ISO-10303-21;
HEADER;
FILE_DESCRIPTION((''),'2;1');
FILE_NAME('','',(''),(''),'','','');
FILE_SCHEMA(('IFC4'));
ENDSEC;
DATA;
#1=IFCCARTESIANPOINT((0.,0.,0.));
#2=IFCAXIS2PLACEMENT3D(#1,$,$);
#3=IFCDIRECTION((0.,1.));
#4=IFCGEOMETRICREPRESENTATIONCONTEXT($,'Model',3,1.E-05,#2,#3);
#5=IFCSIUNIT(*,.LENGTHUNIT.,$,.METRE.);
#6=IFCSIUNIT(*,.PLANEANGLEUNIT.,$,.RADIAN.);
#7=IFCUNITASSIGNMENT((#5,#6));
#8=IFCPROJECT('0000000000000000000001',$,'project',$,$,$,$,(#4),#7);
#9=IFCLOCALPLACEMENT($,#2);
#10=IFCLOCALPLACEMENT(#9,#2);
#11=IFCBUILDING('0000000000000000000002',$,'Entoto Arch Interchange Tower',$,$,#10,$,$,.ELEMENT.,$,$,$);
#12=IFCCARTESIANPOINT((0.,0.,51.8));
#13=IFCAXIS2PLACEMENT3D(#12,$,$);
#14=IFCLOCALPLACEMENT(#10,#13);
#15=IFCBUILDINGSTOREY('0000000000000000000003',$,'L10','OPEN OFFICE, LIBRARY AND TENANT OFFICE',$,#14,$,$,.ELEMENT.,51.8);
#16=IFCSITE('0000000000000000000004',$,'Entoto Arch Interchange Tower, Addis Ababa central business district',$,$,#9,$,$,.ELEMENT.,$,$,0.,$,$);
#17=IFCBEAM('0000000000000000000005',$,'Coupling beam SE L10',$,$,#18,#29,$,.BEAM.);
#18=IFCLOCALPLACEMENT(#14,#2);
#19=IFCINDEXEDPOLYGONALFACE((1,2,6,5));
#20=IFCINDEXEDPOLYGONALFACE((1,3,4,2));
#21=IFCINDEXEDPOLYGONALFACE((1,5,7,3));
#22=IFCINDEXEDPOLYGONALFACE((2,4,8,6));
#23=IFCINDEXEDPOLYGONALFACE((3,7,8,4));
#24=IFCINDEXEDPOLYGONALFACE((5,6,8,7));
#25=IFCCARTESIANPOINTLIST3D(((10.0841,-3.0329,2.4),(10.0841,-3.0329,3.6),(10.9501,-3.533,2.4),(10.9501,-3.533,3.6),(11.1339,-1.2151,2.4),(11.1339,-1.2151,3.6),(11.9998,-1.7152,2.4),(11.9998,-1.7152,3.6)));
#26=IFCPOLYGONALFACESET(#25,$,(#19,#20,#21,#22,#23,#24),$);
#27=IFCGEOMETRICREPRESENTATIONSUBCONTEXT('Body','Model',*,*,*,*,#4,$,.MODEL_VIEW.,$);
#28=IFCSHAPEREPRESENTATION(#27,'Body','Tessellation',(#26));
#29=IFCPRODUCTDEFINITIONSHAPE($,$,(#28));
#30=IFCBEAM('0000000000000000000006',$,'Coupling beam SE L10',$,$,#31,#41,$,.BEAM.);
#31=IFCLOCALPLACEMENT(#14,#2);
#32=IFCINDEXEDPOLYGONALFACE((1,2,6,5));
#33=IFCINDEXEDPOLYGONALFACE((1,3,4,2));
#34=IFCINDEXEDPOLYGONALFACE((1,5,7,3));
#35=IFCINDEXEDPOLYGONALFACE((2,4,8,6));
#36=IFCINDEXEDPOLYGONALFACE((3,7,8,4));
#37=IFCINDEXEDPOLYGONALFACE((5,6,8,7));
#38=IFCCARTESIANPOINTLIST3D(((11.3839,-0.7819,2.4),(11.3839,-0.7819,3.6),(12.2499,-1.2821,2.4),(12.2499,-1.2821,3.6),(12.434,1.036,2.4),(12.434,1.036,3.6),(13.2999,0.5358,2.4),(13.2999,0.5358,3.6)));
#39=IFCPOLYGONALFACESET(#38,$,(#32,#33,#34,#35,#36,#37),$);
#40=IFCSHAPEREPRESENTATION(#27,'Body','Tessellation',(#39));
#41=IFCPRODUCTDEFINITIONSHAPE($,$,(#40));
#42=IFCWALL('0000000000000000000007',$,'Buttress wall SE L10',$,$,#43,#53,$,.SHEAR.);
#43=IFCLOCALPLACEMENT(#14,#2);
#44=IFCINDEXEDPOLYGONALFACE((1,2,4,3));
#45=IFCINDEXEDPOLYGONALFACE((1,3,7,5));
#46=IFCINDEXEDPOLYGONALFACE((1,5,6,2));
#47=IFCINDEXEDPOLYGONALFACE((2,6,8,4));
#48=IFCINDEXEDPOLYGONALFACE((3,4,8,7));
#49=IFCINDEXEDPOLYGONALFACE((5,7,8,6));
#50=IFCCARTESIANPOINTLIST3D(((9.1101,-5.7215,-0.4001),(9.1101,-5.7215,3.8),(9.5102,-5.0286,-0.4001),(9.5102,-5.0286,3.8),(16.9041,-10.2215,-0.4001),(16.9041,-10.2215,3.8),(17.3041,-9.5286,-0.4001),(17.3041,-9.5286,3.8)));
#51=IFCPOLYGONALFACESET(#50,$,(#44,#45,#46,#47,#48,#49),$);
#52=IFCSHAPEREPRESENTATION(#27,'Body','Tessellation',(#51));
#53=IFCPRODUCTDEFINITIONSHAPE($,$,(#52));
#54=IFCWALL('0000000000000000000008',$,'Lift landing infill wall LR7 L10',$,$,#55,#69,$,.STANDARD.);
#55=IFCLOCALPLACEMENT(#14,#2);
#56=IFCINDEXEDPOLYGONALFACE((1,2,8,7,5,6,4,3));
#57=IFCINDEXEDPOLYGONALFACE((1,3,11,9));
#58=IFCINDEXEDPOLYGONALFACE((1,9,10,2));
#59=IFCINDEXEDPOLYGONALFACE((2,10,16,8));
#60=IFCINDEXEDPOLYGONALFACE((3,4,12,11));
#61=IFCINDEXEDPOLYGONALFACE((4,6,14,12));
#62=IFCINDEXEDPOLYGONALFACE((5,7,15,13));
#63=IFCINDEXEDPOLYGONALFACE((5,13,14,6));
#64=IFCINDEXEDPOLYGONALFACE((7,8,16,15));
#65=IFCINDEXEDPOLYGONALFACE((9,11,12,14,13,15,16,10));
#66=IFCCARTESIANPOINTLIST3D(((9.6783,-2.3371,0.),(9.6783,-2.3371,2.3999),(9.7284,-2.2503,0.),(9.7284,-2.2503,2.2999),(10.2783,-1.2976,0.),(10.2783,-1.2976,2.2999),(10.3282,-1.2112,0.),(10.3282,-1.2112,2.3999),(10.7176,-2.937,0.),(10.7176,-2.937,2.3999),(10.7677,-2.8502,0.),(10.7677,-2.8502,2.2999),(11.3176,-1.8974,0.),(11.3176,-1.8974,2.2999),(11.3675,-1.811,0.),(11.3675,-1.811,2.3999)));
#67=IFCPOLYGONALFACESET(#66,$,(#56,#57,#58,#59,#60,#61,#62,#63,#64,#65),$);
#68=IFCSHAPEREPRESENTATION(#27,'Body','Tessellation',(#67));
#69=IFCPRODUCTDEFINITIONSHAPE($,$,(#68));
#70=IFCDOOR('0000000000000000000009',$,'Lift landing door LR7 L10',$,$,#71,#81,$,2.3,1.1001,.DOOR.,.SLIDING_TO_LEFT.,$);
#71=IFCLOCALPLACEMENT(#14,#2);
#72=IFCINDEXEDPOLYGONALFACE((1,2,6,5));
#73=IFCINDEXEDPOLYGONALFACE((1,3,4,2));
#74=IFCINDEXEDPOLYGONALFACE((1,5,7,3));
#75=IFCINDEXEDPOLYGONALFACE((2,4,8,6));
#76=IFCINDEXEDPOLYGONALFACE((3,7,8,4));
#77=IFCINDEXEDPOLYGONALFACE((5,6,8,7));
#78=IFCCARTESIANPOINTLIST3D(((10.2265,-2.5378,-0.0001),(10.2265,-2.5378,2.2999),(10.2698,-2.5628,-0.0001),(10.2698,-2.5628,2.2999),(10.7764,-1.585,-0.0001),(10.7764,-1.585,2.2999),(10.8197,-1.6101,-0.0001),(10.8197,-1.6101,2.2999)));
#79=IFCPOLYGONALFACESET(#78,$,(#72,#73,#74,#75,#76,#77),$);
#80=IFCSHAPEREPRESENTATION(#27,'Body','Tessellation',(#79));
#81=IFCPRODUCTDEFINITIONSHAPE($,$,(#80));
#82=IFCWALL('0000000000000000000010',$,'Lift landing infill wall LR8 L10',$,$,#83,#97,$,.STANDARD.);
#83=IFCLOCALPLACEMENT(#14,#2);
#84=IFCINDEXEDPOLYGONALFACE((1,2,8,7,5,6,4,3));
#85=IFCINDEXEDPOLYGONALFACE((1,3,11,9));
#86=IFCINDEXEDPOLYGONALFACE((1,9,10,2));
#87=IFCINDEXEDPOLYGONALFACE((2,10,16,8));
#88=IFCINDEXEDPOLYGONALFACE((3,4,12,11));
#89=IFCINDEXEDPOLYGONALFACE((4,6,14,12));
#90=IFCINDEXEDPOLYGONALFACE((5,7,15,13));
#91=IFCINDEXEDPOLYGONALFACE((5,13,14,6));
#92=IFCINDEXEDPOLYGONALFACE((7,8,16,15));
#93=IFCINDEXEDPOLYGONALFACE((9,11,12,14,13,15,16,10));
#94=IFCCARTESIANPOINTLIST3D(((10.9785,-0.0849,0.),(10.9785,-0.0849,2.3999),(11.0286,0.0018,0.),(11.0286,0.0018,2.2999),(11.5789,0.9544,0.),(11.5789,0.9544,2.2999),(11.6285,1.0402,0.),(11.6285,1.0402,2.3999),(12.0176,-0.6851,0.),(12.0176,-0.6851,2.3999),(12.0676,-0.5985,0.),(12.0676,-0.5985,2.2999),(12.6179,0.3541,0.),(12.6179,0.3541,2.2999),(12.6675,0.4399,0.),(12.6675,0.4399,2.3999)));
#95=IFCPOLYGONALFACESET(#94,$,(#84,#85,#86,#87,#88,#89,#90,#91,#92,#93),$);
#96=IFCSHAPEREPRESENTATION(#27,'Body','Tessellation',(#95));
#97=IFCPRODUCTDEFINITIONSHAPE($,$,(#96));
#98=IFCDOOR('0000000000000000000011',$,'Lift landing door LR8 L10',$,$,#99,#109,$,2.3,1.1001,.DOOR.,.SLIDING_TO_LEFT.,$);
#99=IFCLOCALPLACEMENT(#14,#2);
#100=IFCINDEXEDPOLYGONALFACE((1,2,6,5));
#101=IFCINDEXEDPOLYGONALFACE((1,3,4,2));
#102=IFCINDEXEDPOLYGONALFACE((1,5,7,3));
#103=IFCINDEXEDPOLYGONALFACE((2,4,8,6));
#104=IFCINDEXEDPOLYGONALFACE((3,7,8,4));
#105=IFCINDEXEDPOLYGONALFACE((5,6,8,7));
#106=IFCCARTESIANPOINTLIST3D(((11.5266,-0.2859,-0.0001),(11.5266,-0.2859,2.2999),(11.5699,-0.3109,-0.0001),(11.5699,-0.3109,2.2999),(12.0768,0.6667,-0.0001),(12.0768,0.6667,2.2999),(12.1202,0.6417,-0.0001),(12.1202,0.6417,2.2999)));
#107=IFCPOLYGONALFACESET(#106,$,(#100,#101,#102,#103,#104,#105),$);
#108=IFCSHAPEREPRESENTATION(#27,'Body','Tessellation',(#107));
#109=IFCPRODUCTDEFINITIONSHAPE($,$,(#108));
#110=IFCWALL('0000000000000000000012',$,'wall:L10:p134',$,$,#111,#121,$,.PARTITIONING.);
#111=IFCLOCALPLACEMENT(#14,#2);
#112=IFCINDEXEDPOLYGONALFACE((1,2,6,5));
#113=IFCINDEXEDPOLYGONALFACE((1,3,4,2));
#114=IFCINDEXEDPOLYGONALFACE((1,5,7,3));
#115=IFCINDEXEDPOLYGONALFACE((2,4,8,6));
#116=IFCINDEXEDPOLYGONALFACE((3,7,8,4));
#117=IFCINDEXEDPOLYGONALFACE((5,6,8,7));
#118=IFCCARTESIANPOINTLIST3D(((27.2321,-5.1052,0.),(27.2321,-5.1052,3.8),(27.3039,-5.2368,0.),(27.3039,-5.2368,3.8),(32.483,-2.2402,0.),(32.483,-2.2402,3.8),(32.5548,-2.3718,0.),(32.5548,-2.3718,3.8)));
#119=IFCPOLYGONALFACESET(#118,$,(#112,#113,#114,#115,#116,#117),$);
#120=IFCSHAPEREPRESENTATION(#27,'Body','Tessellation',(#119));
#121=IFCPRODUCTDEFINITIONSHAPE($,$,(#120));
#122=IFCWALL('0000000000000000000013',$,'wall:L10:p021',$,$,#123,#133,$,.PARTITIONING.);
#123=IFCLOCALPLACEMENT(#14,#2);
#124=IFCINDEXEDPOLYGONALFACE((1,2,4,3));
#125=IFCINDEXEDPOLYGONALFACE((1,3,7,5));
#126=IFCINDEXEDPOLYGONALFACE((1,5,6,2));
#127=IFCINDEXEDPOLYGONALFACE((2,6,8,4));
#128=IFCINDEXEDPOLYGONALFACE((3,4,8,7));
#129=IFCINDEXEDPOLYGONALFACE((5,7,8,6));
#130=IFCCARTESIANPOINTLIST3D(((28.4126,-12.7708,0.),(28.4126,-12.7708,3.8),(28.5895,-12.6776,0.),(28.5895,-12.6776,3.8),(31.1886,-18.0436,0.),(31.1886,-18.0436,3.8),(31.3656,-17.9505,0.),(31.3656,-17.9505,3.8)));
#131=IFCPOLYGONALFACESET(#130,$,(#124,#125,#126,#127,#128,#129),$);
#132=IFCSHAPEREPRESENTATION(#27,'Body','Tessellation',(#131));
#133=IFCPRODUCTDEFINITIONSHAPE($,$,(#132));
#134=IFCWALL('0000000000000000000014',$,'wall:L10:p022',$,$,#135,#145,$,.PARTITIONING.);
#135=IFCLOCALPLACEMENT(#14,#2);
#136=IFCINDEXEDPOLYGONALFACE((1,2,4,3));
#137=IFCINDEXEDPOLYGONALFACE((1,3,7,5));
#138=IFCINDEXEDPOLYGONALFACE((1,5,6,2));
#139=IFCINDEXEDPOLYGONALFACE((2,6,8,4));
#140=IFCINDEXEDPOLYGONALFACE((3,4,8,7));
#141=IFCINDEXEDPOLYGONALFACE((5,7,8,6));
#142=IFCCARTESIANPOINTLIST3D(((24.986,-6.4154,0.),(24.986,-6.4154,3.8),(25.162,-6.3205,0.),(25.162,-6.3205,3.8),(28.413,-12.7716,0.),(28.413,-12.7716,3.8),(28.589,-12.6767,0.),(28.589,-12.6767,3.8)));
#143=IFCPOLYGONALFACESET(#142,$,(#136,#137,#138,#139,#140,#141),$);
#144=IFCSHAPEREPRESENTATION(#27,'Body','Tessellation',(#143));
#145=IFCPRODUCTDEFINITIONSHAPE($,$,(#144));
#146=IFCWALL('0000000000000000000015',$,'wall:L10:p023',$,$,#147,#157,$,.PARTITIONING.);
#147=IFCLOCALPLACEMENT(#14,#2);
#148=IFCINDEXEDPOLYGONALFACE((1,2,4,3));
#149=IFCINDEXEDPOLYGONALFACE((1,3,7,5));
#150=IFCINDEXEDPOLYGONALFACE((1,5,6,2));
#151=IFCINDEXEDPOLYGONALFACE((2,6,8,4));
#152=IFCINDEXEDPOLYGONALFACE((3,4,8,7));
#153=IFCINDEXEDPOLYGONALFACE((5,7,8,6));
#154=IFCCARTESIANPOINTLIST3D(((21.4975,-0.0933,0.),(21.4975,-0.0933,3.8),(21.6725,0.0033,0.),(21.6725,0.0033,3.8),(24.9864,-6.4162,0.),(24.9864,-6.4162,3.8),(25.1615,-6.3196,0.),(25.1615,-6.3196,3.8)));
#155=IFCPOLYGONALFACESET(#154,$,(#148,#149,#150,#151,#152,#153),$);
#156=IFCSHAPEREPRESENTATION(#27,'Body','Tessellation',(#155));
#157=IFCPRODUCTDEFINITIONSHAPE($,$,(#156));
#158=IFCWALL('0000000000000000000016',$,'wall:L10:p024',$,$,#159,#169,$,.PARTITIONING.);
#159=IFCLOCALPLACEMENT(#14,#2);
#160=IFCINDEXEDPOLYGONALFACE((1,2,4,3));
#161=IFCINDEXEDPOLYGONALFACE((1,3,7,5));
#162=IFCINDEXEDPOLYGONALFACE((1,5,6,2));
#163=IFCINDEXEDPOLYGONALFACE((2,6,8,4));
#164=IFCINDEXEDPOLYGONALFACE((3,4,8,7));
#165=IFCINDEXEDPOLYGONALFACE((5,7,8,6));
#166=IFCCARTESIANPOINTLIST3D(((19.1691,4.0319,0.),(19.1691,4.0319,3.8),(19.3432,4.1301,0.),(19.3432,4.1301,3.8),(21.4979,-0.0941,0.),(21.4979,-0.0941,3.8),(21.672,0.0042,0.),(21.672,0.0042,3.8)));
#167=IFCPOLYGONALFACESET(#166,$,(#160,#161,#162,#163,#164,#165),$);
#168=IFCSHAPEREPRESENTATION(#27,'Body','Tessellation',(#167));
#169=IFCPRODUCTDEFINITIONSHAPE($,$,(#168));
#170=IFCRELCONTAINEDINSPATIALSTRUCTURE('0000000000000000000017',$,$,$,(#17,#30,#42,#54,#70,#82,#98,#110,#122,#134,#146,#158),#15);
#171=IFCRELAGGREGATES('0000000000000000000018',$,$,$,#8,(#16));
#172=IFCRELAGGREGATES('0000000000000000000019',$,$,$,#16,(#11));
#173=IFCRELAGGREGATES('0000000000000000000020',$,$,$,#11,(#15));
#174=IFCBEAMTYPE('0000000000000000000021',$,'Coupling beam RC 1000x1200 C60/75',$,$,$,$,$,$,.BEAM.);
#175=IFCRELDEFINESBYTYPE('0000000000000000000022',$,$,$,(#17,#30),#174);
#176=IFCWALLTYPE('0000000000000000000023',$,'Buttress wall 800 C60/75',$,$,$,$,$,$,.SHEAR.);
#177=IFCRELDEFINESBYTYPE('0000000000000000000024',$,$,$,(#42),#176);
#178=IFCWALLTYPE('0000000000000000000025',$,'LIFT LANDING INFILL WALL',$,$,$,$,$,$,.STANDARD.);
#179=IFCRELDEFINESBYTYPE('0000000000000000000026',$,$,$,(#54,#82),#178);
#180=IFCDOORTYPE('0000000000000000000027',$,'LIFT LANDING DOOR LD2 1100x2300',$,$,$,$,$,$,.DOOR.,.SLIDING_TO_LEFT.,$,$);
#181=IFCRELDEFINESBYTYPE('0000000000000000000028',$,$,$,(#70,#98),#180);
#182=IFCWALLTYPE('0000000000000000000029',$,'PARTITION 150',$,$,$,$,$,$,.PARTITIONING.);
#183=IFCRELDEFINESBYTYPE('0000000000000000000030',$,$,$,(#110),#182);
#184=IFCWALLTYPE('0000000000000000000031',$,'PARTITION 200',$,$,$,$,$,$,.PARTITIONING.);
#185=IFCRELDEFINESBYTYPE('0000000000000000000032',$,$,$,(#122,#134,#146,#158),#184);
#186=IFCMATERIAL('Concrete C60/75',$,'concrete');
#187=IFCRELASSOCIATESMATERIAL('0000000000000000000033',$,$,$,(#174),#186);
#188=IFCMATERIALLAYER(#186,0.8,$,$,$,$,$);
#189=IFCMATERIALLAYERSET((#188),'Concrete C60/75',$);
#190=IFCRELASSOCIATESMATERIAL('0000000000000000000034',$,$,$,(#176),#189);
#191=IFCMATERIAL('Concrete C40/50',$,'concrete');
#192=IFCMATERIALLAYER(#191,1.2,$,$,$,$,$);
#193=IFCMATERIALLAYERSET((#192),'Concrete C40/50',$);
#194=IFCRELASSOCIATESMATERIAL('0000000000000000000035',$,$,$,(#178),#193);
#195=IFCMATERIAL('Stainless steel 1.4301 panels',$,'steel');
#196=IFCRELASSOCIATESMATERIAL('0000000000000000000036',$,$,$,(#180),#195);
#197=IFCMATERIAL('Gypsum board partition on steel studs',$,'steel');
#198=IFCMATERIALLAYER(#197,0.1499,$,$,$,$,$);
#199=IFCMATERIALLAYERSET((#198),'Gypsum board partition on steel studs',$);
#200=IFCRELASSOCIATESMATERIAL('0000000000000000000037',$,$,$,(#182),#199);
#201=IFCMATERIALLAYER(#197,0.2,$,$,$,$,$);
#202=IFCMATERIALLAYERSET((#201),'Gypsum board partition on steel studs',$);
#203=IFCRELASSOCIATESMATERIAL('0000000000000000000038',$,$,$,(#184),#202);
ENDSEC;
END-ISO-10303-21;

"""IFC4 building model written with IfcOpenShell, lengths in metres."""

from ifc_helpers import new_model, si_unit, direction, frame, frame_2d, origin, origin_2d, place, context, subcontext, project, spatial, rectangle, extrude, material, layer, layer_set, material_profile, profile_set, type_object, element, fill, save


model = new_model("IFC4")

# Units and contexts
model_context = context("Model", 3, precision=1e-05, world=origin(), true_north=direction((0.0, 1.0)))
body_context = subcontext(model_context, "Body", "Model", "MODEL_VIEW")
ifc_project = project(units=[si_unit("LENGTHUNIT", "METRE"), si_unit("PLANEANGLEUNIT", "RADIAN")], contexts=[model_context])

# Site, building, storey
site_placement = place(None, origin())
site = spatial("IfcSite", under=ifc_project, at=site_placement, Name="Entoto Arch Interchange Tower, Addis Ababa central business district", CompositionType="ELEMENT", RefElevation=0.0)
building_placement = place(site_placement, origin())
building = spatial("IfcBuilding", under=site, at=building_placement, Name="Entoto Arch Interchange Tower", CompositionType="ELEMENT")
storey_placement = place(building_placement, frame((0.0, 0.0, 51.8)))
storey = spatial("IfcBuildingStorey", under=building, at=storey_placement, Name="L10", Description="OPEN OFFICE, LIBRARY AND TENANT OFFICE", CompositionType="ELEMENT", Elevation=51.8)

# Beams
ifc_material_1 = material(Name="Concrete C60/75", Category="concrete")
ifc_material_profile = material_profile(ifc_material_1, rectangle(XDim=1.0, YDim=1.2, at=origin_2d()))
ifc_profile_set = profile_set([ifc_material_profile], Name="Concrete C60/75")
beam_type = type_object("IfcBeamType", Name="Coupling beam RC 1000x1200 C60/75", PredefinedType="BEAM", material=ifc_profile_set)
beam_1_placement = place(storey_placement, frame((10.5171, -3.283, 3.0), z_axis=(0.500092, 0.865973, 0.0), x_axis=(-0.865973, 0.500092, 0.0)))
element("IfcBeam", 1, at=beam_1_placement, inside=storey, type_object=beam_type, Name="Coupling beam SE L10", PredefinedType="BEAM", context=body_context, shape_type="SweptSolid", body=[
    extrude(rectangle(XDim=1.0, YDim=1.2, at=origin_2d()), origin(), (0.0, 0.0, 1.0), 2.0991),
])
beam_2_placement = place(storey_placement, frame((11.8169, -1.032, 3.0), z_axis=(0.500179, 0.865922, 0.0), x_axis=(-0.865922, 0.500179, 0.0)))
element("IfcBeam", 2, at=beam_2_placement, inside=storey, type_object=beam_type, Name="Coupling beam SE L10", PredefinedType="BEAM", context=body_context, shape_type="SweptSolid", body=[
    extrude(rectangle(XDim=1.0, YDim=1.2, at=origin_2d()), origin(), (0.0, 0.0, 1.0), 2.0994),
])

# Wall
ifc_layer_1 = layer(ifc_material_1, 0.8)
ifc_layer_set_1 = layer_set([ifc_layer_1], Name="Concrete C60/75")
wall_type_1 = type_object("IfcWallType", Name="Buttress wall 800 C60/75", PredefinedType="SHEAR", material=ifc_layer_set_1)
wall_1_placement = place(storey_placement, frame((9.3101, -5.375, -0.4001), z_axis=(0.0, 0.0, 1.0), x_axis=(0.866018, -0.500014, 0.0)))
element("IfcWall", 3, at=wall_1_placement, inside=storey, type_object=wall_type_1, Name="Buttress wall SE L10", PredefinedType="SHEAR", context=body_context, shape_type="SweptSolid", body=[
    extrude(rectangle(XDim=8.9998, YDim=0.8, at=frame_2d((4.5, 0.0))), origin(), (0.0, 0.0, 1.0), 4.2002),
])

# Walls, openings, doors
ifc_material_2 = material(Name="Concrete C40/50", Category="concrete")
ifc_layer_2 = layer(ifc_material_2, 1.2)
ifc_layer_set_2 = layer_set([ifc_layer_2], Name="Concrete C40/50")
wall_type_2 = type_object("IfcWallType", Name="LIFT LANDING INFILL WALL", PredefinedType="STANDARD", material=ifc_layer_set_2)
wall_2_placement = place(storey_placement, frame((10.198, -2.637, 0.0), z_axis=(0.0, 0.0, 1.0), x_axis=(0.499896, 0.866086, 0.0)))
wall_2 = element("IfcWall", 4, at=wall_2_placement, inside=storey, type_object=wall_type_2, Name="Lift landing infill wall LR7 L10", PredefinedType="STANDARD", context=body_context, shape_type="SweptSolid", body=[
    extrude(rectangle(XDim=1.3, YDim=1.2, at=frame_2d((0.6499, 0.0))), origin(), (0.0, 0.0, 1.0), 2.3999),
])
opening_1_placement = place(wall_2_placement, frame((0.1001, 0.0, 0.0)))
opening_1 = element("IfcOpeningElement", 5, at=opening_1_placement, cuts=wall_2, PredefinedType="OPENING", context=body_context, shape_type="SweptSolid", body=[
    extrude(rectangle(XDim=1.1001, YDim=2.3, at=frame_2d((0.55, 1.1499))), frame((0.0, 0.6099, 0.0), z_axis=(0.0, -1.0, 0.0), x_axis=(1.0, 0.0, 0.0)), (0.0, 0.0, 1.0), 1.22),
])
ifc_material_3 = material(Name="Stainless steel 1.4301 panels", Category="steel")
door_type_1 = type_object("IfcDoorType", Name="LIFT LANDING DOOR LD2 1100x2300", OperationType="SLIDING_TO_LEFT", PredefinedType="DOOR", material=ifc_material_3)
door_1_placement = place(opening_1_placement, origin())
door_1 = element("IfcDoor", 6, at=door_1_placement, inside=storey, type_object=door_type_1, Name="Lift landing door LR7 L10", OperationType="SLIDING_TO_LEFT", OverallHeight=2.3, OverallWidth=1.1001, PredefinedType="DOOR", context=body_context, shape_type="SweptSolid", body=[
    extrude(rectangle(XDim=1.1001, YDim=2.3, at=frame_2d((0.55, 1.1499))), frame((0.0, 0.0249, 0.0), z_axis=(0.0, -1.0, 0.0), x_axis=(1.0, 0.0, 0.0)), (0.0, 0.0, 1.0), 0.05),
])
fill(opening_1, door_1)
wall_3_placement = place(storey_placement, frame((11.498, -0.385, 0.0), z_axis=(0.0, 0.0, 1.0), x_axis=(0.500221, 0.865898, 0.0)))
wall_3 = element("IfcWall", 7, at=wall_3_placement, inside=storey, type_object=wall_type_2, Name="Lift landing infill wall LR8 L10", PredefinedType="STANDARD", context=body_context, shape_type="SweptSolid", body=[
    extrude(rectangle(XDim=1.2993, YDim=1.2, at=frame_2d((0.6497, 0.0))), origin(), (0.0, 0.0, 1.0), 2.3999),
])
opening_2_placement = place(wall_3_placement, frame((0.1001, 0.0, 0.0)))
opening_2 = element("IfcOpeningElement", 8, at=opening_2_placement, cuts=wall_3, PredefinedType="OPENING", context=body_context, shape_type="SweptSolid", body=[
    extrude(rectangle(XDim=1.1001, YDim=2.3, at=frame_2d((0.55, 1.1499))), frame((0.0, 0.6099, 0.0), z_axis=(0.0, -1.0, 0.0), x_axis=(1.0, 0.0, 0.0)), (0.0, 0.0, 1.0), 1.22),
])
door_2_placement = place(opening_2_placement, origin())
door_2 = element("IfcDoor", 9, at=door_2_placement, inside=storey, type_object=door_type_1, Name="Lift landing door LR8 L10", OperationType="SLIDING_TO_LEFT", OverallHeight=2.3, OverallWidth=1.1001, PredefinedType="DOOR", context=body_context, shape_type="SweptSolid", body=[
    extrude(rectangle(XDim=1.1001, YDim=2.3, at=frame_2d((0.55, 1.1499))), frame((0.0, 0.0249, 0.0), z_axis=(0.0, -1.0, 0.0), x_axis=(1.0, 0.0, 0.0)), (0.0, 0.0, 1.0), 0.05),
])
fill(opening_2, door_2)

# Walls
ifc_material_4 = material(Name="Gypsum board partition on steel studs", Category="steel")
ifc_layer_3 = layer(ifc_material_4, 0.1499)
ifc_layer_set_3 = layer_set([ifc_layer_3], Name="Gypsum board partition on steel studs")
wall_type_3 = type_object("IfcWallType", Name="PARTITION 150", PredefinedType="PARTITIONING", material=ifc_layer_set_3)
wall_4_placement = place(storey_placement, frame((27.2681, -5.1709, 0.0), z_axis=(0.0, 0.0, 1.0), x_axis=(0.877838, 0.478958, 0.0)))
element("IfcWall", 10, at=wall_4_placement, inside=storey, type_object=wall_type_3, Name="wall:L10:p134", PredefinedType="PARTITIONING", context=body_context, shape_type="SweptSolid", body=[
    extrude(rectangle(XDim=5.9817, YDim=0.1499, at=frame_2d((2.9907, 0.0))), origin(), (0.0, 0.0, 1.0), 3.8),
])
ifc_layer_4 = layer(ifc_material_4, 0.2)
ifc_layer_set_4 = layer_set([ifc_layer_4], Name="Gypsum board partition on steel studs")
wall_type_4 = type_object("IfcWallType", Name="PARTITION 200", PredefinedType="PARTITIONING", material=ifc_layer_set_4)
wall_5_placement = place(storey_placement, frame((31.2771, -17.9971, 0.0), z_axis=(0.0, 0.0, 1.0), x_axis=(-0.465863, 0.884857, 0.0)))
element("IfcWall", 11, at=wall_5_placement, inside=storey, type_object=wall_type_4, Name="wall:L10:p021", PredefinedType="PARTITIONING", context=body_context, shape_type="SweptSolid", body=[
    extrude(rectangle(XDim=5.959, YDim=0.2, at=frame_2d((2.9795, 0.0))), origin(), (0.0, 0.0, 1.0), 3.8),
])
wall_6_placement = place(storey_placement, frame((28.501, -12.7241, 0.0), z_axis=(0.0, 0.0, 1.0), x_axis=(-0.474576, 0.880215, 0.0)))
element("IfcWall", 12, at=wall_6_placement, inside=storey, type_object=wall_type_4, Name="wall:L10:p022", PredefinedType="PARTITIONING", context=body_context, shape_type="SweptSolid", body=[
    extrude(rectangle(XDim=7.2212, YDim=0.2, at=frame_2d((3.6106, 0.0))), origin(), (0.0, 0.0, 1.0), 3.8),
])
wall_7_placement = place(storey_placement, frame((25.074, -6.3679, 0.0), z_axis=(0.0, 0.0, 1.0), x_axis=(-0.483126, 0.875551, 0.0)))
element("IfcWall", 13, at=wall_7_placement, inside=storey, type_object=wall_type_4, Name="wall:L10:p023", PredefinedType="PARTITIONING", context=body_context, shape_type="SweptSolid", body=[
    extrude(rectangle(XDim=7.2217, YDim=0.2, at=frame_2d((3.6108, 0.0))), origin(), (0.0, 0.0, 1.0), 3.8),
])
wall_8_placement = place(storey_placement, frame((21.585, -0.0449, 0.0), z_axis=(0.0, 0.0, 1.0), x_axis=(-0.491543, 0.870853, 0.0)))
element("IfcWall", 14, at=wall_8_placement, inside=storey, type_object=wall_type_4, Name="wall:L10:p024", PredefinedType="PARTITIONING", context=body_context, shape_type="SweptSolid", body=[
    extrude(rectangle(XDim=4.7378, YDim=0.2, at=frame_2d((2.3689, 0.0))), origin(), (0.0, 0.0, 1.0), 3.8),
])

save(model, "model.ifc")
